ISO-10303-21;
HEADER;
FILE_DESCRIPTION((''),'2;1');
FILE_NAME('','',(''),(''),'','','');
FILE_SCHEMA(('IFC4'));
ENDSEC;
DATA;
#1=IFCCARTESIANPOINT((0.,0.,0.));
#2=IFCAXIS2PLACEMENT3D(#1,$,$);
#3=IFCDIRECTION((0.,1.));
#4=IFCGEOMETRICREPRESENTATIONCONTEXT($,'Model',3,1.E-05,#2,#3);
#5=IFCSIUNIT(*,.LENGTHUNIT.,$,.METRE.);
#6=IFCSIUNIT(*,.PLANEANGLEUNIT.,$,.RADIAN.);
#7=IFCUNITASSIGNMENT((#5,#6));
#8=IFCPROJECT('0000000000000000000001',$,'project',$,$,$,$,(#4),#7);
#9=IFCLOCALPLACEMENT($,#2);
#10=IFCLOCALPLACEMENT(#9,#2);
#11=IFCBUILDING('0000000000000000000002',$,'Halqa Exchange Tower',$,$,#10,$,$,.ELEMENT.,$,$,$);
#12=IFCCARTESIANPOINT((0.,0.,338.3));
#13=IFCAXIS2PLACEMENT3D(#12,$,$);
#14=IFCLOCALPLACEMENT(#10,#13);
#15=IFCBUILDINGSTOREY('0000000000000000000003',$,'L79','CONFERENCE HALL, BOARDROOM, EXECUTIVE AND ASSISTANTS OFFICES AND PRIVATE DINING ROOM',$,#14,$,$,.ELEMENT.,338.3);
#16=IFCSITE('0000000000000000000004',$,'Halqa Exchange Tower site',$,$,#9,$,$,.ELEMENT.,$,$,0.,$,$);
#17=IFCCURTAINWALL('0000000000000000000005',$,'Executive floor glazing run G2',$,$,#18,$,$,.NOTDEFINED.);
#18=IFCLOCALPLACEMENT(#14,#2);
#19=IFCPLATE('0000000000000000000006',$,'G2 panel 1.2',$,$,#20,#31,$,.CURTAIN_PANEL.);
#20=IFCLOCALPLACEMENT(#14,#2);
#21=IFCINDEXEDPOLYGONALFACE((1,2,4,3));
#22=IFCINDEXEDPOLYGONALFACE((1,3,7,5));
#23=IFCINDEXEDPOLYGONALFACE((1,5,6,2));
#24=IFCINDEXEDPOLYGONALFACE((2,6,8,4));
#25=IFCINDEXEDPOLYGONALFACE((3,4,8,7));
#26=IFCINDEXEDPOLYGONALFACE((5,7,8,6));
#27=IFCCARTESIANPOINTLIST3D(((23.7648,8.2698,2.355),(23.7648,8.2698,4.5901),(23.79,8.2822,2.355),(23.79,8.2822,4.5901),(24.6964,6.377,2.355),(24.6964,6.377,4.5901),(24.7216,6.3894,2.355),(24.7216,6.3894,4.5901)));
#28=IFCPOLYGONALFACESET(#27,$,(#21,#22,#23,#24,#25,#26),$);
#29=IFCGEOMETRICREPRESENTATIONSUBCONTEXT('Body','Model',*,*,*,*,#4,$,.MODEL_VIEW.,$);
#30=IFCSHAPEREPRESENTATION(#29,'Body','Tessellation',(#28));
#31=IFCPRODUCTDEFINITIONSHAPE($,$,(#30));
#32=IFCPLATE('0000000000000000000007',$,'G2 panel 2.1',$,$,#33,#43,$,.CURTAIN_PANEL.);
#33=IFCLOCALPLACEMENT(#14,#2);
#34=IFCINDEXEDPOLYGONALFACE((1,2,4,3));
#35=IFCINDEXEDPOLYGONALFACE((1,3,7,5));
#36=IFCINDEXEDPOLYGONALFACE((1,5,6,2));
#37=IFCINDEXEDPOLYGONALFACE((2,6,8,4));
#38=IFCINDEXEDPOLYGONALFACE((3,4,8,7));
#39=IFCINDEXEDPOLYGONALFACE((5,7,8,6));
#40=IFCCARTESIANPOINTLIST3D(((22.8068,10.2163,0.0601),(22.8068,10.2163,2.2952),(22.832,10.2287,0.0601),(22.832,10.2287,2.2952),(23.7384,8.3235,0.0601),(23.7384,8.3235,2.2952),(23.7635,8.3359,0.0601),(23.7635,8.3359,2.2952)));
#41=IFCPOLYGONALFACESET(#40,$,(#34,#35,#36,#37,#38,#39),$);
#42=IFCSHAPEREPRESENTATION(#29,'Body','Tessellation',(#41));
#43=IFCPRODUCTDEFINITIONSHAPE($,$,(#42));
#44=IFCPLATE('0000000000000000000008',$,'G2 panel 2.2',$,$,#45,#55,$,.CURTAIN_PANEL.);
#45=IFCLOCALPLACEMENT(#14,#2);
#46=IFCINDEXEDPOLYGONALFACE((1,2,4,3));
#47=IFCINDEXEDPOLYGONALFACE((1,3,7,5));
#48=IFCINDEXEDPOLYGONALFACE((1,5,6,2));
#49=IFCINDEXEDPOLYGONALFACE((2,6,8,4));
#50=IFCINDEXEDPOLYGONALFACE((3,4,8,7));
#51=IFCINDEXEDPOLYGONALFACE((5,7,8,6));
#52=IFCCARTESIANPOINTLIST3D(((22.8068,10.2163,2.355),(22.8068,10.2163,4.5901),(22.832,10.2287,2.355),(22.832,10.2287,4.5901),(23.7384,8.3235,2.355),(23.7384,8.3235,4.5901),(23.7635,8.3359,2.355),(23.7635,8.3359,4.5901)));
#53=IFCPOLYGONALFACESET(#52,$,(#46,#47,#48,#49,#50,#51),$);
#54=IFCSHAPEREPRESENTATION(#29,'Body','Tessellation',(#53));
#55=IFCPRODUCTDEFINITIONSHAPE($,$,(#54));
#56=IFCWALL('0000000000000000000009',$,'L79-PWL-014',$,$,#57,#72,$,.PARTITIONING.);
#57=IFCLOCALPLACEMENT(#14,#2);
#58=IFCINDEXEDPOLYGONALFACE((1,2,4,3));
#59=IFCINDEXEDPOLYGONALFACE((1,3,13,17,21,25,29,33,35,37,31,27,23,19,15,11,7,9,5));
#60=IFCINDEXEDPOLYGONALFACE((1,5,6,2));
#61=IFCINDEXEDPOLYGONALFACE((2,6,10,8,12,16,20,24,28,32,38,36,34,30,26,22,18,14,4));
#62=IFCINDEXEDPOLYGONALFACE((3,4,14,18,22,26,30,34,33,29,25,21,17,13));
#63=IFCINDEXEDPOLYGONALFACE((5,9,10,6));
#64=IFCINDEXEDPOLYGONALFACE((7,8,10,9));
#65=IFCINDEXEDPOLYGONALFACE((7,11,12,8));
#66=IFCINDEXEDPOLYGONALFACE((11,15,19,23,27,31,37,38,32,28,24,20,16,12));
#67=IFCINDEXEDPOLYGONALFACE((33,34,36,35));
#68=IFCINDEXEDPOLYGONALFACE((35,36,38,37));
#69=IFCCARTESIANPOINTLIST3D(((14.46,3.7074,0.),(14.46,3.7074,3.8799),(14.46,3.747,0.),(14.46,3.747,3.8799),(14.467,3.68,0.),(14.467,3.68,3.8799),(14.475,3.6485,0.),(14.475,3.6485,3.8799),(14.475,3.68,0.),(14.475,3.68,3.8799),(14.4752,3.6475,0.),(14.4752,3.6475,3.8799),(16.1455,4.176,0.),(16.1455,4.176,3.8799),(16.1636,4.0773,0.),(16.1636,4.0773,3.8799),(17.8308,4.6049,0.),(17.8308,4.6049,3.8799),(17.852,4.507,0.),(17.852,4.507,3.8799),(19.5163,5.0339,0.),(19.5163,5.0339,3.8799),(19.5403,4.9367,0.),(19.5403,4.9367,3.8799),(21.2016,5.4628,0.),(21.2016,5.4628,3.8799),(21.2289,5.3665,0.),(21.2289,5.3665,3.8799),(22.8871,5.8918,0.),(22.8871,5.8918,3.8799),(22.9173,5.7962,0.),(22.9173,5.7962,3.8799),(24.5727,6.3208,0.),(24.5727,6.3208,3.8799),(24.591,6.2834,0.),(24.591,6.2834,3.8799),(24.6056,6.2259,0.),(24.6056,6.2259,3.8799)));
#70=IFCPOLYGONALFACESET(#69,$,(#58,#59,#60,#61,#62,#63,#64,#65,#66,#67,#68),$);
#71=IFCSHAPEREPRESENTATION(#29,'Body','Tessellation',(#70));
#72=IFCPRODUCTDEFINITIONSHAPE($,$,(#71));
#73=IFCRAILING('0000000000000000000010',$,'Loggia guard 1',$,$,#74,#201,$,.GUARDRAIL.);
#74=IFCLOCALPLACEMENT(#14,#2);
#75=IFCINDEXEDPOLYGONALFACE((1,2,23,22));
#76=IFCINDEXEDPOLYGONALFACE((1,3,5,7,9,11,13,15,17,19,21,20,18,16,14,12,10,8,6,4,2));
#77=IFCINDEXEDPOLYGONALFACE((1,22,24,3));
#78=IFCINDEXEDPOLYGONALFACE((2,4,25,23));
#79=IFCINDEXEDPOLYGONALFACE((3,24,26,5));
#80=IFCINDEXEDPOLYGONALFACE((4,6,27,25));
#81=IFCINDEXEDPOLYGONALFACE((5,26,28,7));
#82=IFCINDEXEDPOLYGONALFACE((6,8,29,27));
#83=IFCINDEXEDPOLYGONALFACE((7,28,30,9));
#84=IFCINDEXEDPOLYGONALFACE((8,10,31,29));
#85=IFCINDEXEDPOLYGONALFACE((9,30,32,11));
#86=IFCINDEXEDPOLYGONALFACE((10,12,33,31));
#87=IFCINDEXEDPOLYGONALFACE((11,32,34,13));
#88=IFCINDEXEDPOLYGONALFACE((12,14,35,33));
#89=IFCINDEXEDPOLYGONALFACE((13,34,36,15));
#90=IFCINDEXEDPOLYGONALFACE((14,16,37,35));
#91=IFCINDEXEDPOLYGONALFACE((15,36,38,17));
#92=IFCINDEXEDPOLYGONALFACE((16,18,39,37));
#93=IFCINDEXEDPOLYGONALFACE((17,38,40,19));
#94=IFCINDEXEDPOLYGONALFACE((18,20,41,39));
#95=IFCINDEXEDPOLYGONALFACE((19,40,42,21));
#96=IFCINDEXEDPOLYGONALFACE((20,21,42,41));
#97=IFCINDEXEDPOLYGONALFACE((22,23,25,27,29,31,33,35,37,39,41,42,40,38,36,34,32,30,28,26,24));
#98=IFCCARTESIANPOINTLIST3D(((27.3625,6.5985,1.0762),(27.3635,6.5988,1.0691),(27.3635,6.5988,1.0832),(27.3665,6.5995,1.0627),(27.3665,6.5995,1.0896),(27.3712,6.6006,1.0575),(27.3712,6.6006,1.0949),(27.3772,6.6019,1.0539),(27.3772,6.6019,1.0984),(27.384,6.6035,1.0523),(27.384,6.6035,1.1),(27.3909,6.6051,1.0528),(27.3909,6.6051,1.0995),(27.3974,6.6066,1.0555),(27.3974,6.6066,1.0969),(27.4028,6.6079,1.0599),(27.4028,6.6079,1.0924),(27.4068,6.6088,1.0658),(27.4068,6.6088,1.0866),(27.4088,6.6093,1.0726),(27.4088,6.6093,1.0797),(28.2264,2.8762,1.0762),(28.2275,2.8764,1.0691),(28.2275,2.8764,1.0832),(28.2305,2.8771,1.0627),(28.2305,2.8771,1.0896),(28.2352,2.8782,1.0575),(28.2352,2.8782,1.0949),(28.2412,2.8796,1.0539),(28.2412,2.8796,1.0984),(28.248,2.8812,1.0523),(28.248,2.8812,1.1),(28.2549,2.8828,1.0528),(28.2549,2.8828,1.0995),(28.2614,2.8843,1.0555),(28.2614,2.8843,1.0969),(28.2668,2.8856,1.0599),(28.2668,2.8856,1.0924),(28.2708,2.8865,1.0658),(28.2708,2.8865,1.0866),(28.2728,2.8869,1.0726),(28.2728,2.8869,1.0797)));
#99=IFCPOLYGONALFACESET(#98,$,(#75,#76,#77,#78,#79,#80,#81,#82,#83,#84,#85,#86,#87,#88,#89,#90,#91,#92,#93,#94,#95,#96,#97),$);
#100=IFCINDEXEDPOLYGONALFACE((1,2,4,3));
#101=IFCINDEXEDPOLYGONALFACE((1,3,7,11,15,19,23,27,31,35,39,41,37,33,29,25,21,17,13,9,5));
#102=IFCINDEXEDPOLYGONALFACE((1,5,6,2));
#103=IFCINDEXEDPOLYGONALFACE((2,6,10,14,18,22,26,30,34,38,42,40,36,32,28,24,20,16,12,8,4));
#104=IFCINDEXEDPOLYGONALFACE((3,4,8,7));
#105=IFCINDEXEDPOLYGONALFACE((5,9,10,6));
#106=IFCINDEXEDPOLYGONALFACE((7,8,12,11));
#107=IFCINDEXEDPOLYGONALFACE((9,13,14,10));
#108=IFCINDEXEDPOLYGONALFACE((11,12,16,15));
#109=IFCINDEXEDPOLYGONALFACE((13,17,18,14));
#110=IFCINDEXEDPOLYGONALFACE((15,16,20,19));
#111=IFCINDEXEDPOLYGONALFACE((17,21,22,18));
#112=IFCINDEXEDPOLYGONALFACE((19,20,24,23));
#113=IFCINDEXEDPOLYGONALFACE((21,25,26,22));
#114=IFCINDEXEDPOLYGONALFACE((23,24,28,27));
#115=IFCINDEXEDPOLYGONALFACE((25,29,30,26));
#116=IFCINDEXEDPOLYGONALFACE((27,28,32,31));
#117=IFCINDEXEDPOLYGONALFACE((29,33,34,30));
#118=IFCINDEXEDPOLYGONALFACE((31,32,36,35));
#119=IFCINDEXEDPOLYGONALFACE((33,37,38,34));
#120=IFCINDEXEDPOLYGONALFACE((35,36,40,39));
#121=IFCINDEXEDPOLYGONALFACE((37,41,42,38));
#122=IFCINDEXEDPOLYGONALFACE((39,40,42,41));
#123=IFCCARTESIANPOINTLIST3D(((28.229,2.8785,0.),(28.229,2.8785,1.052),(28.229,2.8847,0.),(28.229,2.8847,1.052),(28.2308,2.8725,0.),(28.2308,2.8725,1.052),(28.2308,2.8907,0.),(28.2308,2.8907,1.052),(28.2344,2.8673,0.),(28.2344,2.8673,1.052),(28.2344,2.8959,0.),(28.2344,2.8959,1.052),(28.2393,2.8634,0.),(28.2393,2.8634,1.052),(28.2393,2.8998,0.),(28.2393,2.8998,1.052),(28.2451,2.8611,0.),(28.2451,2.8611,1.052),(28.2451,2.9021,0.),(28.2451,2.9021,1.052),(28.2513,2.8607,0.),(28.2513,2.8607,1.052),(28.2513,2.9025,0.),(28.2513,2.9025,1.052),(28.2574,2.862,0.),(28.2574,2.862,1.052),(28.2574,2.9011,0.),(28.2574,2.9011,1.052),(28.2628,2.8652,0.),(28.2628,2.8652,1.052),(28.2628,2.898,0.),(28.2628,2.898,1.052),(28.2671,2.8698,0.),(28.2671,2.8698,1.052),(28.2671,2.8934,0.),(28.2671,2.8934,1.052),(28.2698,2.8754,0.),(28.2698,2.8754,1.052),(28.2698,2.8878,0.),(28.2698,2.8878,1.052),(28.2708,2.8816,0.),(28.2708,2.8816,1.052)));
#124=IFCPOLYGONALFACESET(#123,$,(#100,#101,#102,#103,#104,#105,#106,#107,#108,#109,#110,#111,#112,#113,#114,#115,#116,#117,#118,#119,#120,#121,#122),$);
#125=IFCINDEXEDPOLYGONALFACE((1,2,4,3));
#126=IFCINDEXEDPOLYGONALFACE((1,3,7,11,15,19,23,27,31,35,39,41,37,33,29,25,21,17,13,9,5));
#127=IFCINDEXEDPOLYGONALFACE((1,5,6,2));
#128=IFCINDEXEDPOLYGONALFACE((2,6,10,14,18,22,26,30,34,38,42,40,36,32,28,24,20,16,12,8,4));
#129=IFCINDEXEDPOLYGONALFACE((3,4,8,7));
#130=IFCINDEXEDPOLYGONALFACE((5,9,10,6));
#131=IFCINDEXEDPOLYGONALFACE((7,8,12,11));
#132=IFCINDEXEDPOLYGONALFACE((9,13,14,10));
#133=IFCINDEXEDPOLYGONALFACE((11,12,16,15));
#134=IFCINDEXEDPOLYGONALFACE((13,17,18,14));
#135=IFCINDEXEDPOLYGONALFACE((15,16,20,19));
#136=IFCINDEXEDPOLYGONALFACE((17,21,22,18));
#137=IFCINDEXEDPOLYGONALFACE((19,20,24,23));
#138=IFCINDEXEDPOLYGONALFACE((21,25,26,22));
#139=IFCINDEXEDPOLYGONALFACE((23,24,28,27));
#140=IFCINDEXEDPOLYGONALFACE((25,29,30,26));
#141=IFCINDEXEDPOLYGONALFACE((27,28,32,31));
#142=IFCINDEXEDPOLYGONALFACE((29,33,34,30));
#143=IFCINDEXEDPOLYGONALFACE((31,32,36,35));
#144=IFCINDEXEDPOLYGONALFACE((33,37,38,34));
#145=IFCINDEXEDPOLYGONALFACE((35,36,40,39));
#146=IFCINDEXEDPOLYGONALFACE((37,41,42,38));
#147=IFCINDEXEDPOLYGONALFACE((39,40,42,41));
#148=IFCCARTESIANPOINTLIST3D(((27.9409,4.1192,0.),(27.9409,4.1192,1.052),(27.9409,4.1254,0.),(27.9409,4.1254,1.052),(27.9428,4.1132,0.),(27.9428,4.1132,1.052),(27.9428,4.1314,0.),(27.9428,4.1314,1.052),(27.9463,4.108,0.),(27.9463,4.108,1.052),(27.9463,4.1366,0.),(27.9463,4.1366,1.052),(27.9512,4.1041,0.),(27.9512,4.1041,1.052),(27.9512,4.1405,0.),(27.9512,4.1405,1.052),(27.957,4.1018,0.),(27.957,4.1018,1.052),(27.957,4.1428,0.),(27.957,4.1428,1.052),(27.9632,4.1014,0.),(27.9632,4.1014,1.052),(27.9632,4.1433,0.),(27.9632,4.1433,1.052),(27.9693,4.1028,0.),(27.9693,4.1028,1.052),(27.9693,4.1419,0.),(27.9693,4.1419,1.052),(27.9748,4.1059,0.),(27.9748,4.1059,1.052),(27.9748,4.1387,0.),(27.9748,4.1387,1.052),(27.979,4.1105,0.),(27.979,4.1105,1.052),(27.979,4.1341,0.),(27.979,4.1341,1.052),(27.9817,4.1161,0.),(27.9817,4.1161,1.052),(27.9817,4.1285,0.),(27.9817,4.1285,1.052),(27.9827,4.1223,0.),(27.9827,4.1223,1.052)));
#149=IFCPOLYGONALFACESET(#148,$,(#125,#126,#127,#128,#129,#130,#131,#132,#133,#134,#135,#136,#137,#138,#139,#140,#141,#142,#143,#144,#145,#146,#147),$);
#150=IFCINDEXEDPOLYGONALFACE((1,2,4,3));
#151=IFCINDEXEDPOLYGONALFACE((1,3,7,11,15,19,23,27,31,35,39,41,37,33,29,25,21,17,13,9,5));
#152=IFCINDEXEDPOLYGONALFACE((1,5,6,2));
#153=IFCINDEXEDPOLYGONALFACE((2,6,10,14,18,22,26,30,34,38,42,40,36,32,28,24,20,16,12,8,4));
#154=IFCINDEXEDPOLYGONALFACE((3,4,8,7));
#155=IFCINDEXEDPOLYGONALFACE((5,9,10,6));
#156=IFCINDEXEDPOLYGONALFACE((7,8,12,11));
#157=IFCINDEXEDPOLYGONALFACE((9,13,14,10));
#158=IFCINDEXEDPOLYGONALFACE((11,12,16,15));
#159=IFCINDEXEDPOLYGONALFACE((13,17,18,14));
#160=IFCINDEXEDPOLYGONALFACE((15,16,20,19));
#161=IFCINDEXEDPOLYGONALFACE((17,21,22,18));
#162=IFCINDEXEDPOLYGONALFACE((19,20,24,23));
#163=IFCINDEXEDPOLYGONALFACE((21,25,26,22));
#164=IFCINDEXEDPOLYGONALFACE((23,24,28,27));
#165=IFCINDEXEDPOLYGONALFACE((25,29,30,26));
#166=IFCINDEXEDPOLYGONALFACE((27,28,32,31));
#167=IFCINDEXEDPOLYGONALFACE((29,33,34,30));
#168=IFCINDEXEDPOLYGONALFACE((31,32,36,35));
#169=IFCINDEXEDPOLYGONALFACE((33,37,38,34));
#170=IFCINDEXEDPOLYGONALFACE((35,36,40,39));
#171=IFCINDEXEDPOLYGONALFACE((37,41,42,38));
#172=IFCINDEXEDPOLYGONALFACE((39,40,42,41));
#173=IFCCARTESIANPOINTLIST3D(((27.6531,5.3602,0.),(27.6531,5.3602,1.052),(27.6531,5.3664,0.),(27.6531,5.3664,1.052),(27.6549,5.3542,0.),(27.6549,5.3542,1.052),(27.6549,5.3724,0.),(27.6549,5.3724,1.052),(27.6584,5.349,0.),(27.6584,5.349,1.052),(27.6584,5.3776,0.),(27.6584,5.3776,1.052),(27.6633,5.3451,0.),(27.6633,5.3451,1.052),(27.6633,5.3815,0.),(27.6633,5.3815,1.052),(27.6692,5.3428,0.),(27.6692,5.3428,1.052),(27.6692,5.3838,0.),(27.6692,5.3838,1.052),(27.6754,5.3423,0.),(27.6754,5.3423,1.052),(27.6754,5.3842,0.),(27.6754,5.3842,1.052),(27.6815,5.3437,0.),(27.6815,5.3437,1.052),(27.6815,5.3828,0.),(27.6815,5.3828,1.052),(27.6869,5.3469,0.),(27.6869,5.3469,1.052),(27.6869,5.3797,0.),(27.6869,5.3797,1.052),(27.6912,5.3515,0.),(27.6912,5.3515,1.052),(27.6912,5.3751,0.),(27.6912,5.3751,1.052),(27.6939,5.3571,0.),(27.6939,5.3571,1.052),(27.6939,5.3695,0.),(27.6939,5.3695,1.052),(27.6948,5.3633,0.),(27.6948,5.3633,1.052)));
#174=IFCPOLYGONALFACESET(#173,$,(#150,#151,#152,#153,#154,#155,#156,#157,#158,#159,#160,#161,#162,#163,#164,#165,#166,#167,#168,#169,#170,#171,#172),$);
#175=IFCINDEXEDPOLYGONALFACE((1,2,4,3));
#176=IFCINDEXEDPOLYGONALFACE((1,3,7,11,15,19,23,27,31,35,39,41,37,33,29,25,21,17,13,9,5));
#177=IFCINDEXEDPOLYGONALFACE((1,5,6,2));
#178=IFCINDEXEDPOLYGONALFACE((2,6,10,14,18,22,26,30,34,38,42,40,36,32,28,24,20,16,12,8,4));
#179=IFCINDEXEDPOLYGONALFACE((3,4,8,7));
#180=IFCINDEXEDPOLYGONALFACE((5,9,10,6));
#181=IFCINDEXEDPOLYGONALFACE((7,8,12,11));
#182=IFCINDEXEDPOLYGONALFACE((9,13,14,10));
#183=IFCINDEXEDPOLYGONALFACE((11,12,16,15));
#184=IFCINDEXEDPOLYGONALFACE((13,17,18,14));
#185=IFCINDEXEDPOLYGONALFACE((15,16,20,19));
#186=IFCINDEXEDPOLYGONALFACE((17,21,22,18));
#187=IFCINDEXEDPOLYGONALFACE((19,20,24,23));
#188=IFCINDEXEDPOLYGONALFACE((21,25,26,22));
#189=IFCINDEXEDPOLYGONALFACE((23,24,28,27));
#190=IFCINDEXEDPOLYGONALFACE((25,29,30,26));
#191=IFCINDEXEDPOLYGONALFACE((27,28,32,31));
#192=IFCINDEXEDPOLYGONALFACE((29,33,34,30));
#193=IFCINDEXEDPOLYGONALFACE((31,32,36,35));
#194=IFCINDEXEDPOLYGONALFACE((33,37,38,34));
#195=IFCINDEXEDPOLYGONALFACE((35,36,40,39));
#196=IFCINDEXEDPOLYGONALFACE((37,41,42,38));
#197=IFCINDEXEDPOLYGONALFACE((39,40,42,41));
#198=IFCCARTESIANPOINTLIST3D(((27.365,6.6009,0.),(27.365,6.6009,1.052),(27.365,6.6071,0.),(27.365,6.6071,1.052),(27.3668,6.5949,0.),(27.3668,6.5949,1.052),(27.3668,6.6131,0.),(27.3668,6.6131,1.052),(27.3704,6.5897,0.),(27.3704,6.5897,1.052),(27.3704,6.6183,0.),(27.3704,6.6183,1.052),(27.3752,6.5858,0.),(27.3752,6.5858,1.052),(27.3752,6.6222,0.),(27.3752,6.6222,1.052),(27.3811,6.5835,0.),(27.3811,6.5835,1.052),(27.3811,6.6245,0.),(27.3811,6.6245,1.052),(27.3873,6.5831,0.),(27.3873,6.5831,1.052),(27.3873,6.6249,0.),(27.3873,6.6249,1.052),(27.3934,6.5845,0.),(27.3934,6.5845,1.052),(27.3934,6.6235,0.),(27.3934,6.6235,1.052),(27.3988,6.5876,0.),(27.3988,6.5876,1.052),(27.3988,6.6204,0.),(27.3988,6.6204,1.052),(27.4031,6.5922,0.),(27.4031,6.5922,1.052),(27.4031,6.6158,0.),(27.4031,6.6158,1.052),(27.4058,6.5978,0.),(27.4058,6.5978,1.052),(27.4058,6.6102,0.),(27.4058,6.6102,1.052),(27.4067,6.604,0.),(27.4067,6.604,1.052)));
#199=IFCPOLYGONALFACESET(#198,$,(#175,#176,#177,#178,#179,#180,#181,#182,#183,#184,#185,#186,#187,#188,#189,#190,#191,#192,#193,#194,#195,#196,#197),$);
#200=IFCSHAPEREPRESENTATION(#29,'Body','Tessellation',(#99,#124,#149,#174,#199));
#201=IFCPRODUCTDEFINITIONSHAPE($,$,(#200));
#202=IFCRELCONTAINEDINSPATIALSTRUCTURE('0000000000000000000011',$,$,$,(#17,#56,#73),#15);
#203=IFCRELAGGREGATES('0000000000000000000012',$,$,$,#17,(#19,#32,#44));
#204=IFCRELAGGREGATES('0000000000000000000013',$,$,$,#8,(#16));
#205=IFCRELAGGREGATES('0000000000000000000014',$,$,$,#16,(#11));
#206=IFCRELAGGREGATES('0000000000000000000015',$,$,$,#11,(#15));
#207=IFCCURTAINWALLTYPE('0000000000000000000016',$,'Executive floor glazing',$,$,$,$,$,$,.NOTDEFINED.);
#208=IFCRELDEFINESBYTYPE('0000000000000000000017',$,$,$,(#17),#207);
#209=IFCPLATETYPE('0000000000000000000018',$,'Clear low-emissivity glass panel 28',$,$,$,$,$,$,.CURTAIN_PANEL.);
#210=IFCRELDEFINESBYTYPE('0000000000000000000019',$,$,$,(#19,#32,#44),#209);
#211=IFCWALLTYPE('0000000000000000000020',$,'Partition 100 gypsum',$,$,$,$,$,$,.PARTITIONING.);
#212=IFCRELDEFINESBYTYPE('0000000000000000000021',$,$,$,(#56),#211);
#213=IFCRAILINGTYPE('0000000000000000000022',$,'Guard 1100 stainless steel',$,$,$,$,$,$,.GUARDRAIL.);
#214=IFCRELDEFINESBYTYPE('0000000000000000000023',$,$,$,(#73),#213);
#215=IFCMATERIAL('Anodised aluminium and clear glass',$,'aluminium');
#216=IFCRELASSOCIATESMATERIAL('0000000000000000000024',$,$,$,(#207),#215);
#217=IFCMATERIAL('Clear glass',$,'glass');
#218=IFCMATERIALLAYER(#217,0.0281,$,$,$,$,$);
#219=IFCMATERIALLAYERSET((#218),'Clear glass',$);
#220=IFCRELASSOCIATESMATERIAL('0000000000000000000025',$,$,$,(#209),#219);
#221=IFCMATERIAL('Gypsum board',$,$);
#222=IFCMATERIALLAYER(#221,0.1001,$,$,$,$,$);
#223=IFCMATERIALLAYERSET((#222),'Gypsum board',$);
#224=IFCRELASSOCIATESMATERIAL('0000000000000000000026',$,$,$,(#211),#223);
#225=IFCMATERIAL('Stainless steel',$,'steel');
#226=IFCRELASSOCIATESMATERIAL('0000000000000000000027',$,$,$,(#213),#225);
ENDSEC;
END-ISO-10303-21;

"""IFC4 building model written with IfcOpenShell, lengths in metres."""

from ifc_helpers import new_model, si_unit, direction, frame, origin, origin_2d, place, context, subcontext, project, spatial, polyline, rectangle, circle, outline, extrude, material, layer, layer_set, type_object, element, aggregate, save


model = new_model("IFC4")

# Units and contexts
model_context = context("Model", 3, precision=1e-05, world=origin(), true_north=direction((0.0, 1.0)))
body_context = subcontext(model_context, "Body", "Model", "MODEL_VIEW")
ifc_project = project(units=[si_unit("LENGTHUNIT", "METRE"), si_unit("PLANEANGLEUNIT", "RADIAN")], contexts=[model_context])

# Site, building, storey
site_placement = place(None, origin())
site = spatial("IfcSite", under=ifc_project, at=site_placement, Name="Halqa Exchange Tower site", CompositionType="ELEMENT", RefElevation=0.0)
building_placement = place(site_placement, origin())
building = spatial("IfcBuilding", under=site, at=building_placement, Name="Halqa Exchange Tower", CompositionType="ELEMENT")
storey_placement = place(building_placement, frame((0.0, 0.0, 338.3)))
storey = spatial("IfcBuildingStorey", under=building, at=storey_placement, Name="L79", Description="CONFERENCE HALL, BOARDROOM, EXECUTIVE AND ASSISTANTS OFFICES AND PRIVATE DINING ROOM", CompositionType="ELEMENT", Elevation=338.3)

# Curtain wall
ifc_material_1 = material(Name="Anodised aluminium and clear glass", Category="aluminium")
curtain_wall_type = type_object("IfcCurtainWallType", Name="Executive floor glazing", PredefinedType="NOTDEFINED", material=ifc_material_1)
curtain_wall_1_placement = place(storey_placement, origin())
curtain_wall_1 = element("IfcCurtainWall", 1, at=curtain_wall_1_placement, inside=storey, type_object=curtain_wall_type, Name="Executive floor glazing run G2", PredefinedType="NOTDEFINED")

# Plates
ifc_material_2 = material(Name="Clear glass", Category="glass")
ifc_layer_1 = layer(ifc_material_2, 0.0281)
ifc_layer_set_1 = layer_set([ifc_layer_1], Name="Clear glass")
plate_type = type_object("IfcPlateType", Name="Clear low-emissivity glass panel 28", PredefinedType="CURTAIN_PANEL", material=ifc_layer_set_1)
plate_1_placement = place(storey_placement, frame((24.2432, 7.3296, 2.355), z_axis=(0.0, 0.0, 1.0), x_axis=(-0.441595, 0.897215, 0.0)))
plate_1 = element("IfcPlate", 2, at=plate_1_placement, type_object=plate_type, Name="G2 panel 1.2", PredefinedType="CURTAIN_PANEL", context=body_context, shape_type="SweptSolid", body=[
    extrude(rectangle(XDim=2.1096, YDim=0.0281, at=origin_2d()), origin(), (0.0, 0.0, 1.0), 2.2351),
])
plate_2_placement = place(storey_placement, frame((23.2852, 9.2761, 0.0601), z_axis=(0.0, 0.0, 1.0), x_axis=(-0.441595, 0.897215, 0.0)))
plate_2 = element("IfcPlate", 3, at=plate_2_placement, type_object=plate_type, Name="G2 panel 2.1", PredefinedType="CURTAIN_PANEL", context=body_context, shape_type="SweptSolid", body=[
    extrude(rectangle(XDim=2.1096, YDim=0.0281, at=origin_2d()), origin(), (0.0, 0.0, 1.0), 2.2351),
])
plate_3_placement = place(storey_placement, frame((23.2852, 9.2761, 2.355), z_axis=(0.0, 0.0, 1.0), x_axis=(-0.441595, 0.897215, 0.0)))
plate_3 = element("IfcPlate", 4, at=plate_3_placement, type_object=plate_type, Name="G2 panel 2.2", PredefinedType="CURTAIN_PANEL", context=body_context, shape_type="SweptSolid", body=[
    extrude(rectangle(XDim=2.1096, YDim=0.0281, at=origin_2d()), origin(), (0.0, 0.0, 1.0), 2.2351),
])
aggregate(curtain_wall_1, [plate_1, plate_2, plate_3])

# Wall
ifc_material_3 = material(Name="Gypsum board")
ifc_layer_2 = layer(ifc_material_3, 0.1001)
ifc_layer_set_2 = layer_set([ifc_layer_2], Name="Gypsum board")
wall_type = type_object("IfcWallType", Name="Partition 100 gypsum", PredefinedType="PARTITIONING", material=ifc_layer_set_2)
wall_placement = place(storey_placement, frame((14.4629, 3.696, 0.0), z_axis=(0.0, 0.0, 1.0), x_axis=(0.969103, 0.246655, 0.0)))
element("IfcWall", 5, at=wall_placement, inside=storey, type_object=wall_type, Name="L79-PWL-014", PredefinedType="PARTITIONING", context=body_context, shape_type="SweptSolid", body=[
    extrude(outline(polyline([(10.4534, -0.05), (10.4534, 0.0093), (10.4448, 0.05), (8.7056, 0.05), (6.9663, 0.05), (5.2273, 0.05), (3.488, 0.05), (1.749, 0.05), (0.0098, 0.05), (0.0, 0.0117), (0.0, -0.0166), (0.0078, -0.0186), (0.0, -0.0491), (0.0, -0.05), (1.7422, -0.05), (3.4844, -0.05), (5.2266, -0.05), (6.969, -0.05), (8.7112, -0.05), (10.4534, -0.05)])), origin(), (0.0, 0.0, 1.0), 3.8799),
])

# Railing
ifc_material_4 = material(Name="Stainless steel", Category="steel")
railing_type = type_object("IfcRailingType", Name="Guard 1100 stainless steel", PredefinedType="GUARDRAIL", material=ifc_material_4)
railing_1_placement = place(storey_placement, frame((28.2498, 2.8816, 0.0)))
element("IfcRailing", 6, at=railing_1_placement, inside=storey, type_object=railing_type, Name="Loggia guard 1", PredefinedType="GUARDRAIL", context=body_context, shape_type="SweptSolid", body=[
    extrude(circle(Radius=0.0239, at=origin_2d()), frame((0.0, 0.0, 1.0762), z_axis=(-0.2261, 0.974104, 0.0), x_axis=(-0.974104, -0.2261, 0.0)), (0.0, 0.0, 1.0), 3.8213),
    extrude(circle(Radius=0.021, at=origin_2d()), origin(), (0.0, 0.0, 1.0), 1.052),
    extrude(circle(Radius=0.021, at=origin_2d()), frame((-0.2881, 1.2407, 0.0)), (0.0, 0.0, 1.0), 1.052),
    extrude(circle(Radius=0.021, at=origin_2d()), frame((-0.5759, 2.4817, 0.0)), (0.0, 0.0, 1.0), 1.052),
    extrude(circle(Radius=0.021, at=origin_2d()), frame((-0.864, 3.7224, 0.0)), (0.0, 0.0, 1.0), 1.052),
])

save(model, "model.ifc")
